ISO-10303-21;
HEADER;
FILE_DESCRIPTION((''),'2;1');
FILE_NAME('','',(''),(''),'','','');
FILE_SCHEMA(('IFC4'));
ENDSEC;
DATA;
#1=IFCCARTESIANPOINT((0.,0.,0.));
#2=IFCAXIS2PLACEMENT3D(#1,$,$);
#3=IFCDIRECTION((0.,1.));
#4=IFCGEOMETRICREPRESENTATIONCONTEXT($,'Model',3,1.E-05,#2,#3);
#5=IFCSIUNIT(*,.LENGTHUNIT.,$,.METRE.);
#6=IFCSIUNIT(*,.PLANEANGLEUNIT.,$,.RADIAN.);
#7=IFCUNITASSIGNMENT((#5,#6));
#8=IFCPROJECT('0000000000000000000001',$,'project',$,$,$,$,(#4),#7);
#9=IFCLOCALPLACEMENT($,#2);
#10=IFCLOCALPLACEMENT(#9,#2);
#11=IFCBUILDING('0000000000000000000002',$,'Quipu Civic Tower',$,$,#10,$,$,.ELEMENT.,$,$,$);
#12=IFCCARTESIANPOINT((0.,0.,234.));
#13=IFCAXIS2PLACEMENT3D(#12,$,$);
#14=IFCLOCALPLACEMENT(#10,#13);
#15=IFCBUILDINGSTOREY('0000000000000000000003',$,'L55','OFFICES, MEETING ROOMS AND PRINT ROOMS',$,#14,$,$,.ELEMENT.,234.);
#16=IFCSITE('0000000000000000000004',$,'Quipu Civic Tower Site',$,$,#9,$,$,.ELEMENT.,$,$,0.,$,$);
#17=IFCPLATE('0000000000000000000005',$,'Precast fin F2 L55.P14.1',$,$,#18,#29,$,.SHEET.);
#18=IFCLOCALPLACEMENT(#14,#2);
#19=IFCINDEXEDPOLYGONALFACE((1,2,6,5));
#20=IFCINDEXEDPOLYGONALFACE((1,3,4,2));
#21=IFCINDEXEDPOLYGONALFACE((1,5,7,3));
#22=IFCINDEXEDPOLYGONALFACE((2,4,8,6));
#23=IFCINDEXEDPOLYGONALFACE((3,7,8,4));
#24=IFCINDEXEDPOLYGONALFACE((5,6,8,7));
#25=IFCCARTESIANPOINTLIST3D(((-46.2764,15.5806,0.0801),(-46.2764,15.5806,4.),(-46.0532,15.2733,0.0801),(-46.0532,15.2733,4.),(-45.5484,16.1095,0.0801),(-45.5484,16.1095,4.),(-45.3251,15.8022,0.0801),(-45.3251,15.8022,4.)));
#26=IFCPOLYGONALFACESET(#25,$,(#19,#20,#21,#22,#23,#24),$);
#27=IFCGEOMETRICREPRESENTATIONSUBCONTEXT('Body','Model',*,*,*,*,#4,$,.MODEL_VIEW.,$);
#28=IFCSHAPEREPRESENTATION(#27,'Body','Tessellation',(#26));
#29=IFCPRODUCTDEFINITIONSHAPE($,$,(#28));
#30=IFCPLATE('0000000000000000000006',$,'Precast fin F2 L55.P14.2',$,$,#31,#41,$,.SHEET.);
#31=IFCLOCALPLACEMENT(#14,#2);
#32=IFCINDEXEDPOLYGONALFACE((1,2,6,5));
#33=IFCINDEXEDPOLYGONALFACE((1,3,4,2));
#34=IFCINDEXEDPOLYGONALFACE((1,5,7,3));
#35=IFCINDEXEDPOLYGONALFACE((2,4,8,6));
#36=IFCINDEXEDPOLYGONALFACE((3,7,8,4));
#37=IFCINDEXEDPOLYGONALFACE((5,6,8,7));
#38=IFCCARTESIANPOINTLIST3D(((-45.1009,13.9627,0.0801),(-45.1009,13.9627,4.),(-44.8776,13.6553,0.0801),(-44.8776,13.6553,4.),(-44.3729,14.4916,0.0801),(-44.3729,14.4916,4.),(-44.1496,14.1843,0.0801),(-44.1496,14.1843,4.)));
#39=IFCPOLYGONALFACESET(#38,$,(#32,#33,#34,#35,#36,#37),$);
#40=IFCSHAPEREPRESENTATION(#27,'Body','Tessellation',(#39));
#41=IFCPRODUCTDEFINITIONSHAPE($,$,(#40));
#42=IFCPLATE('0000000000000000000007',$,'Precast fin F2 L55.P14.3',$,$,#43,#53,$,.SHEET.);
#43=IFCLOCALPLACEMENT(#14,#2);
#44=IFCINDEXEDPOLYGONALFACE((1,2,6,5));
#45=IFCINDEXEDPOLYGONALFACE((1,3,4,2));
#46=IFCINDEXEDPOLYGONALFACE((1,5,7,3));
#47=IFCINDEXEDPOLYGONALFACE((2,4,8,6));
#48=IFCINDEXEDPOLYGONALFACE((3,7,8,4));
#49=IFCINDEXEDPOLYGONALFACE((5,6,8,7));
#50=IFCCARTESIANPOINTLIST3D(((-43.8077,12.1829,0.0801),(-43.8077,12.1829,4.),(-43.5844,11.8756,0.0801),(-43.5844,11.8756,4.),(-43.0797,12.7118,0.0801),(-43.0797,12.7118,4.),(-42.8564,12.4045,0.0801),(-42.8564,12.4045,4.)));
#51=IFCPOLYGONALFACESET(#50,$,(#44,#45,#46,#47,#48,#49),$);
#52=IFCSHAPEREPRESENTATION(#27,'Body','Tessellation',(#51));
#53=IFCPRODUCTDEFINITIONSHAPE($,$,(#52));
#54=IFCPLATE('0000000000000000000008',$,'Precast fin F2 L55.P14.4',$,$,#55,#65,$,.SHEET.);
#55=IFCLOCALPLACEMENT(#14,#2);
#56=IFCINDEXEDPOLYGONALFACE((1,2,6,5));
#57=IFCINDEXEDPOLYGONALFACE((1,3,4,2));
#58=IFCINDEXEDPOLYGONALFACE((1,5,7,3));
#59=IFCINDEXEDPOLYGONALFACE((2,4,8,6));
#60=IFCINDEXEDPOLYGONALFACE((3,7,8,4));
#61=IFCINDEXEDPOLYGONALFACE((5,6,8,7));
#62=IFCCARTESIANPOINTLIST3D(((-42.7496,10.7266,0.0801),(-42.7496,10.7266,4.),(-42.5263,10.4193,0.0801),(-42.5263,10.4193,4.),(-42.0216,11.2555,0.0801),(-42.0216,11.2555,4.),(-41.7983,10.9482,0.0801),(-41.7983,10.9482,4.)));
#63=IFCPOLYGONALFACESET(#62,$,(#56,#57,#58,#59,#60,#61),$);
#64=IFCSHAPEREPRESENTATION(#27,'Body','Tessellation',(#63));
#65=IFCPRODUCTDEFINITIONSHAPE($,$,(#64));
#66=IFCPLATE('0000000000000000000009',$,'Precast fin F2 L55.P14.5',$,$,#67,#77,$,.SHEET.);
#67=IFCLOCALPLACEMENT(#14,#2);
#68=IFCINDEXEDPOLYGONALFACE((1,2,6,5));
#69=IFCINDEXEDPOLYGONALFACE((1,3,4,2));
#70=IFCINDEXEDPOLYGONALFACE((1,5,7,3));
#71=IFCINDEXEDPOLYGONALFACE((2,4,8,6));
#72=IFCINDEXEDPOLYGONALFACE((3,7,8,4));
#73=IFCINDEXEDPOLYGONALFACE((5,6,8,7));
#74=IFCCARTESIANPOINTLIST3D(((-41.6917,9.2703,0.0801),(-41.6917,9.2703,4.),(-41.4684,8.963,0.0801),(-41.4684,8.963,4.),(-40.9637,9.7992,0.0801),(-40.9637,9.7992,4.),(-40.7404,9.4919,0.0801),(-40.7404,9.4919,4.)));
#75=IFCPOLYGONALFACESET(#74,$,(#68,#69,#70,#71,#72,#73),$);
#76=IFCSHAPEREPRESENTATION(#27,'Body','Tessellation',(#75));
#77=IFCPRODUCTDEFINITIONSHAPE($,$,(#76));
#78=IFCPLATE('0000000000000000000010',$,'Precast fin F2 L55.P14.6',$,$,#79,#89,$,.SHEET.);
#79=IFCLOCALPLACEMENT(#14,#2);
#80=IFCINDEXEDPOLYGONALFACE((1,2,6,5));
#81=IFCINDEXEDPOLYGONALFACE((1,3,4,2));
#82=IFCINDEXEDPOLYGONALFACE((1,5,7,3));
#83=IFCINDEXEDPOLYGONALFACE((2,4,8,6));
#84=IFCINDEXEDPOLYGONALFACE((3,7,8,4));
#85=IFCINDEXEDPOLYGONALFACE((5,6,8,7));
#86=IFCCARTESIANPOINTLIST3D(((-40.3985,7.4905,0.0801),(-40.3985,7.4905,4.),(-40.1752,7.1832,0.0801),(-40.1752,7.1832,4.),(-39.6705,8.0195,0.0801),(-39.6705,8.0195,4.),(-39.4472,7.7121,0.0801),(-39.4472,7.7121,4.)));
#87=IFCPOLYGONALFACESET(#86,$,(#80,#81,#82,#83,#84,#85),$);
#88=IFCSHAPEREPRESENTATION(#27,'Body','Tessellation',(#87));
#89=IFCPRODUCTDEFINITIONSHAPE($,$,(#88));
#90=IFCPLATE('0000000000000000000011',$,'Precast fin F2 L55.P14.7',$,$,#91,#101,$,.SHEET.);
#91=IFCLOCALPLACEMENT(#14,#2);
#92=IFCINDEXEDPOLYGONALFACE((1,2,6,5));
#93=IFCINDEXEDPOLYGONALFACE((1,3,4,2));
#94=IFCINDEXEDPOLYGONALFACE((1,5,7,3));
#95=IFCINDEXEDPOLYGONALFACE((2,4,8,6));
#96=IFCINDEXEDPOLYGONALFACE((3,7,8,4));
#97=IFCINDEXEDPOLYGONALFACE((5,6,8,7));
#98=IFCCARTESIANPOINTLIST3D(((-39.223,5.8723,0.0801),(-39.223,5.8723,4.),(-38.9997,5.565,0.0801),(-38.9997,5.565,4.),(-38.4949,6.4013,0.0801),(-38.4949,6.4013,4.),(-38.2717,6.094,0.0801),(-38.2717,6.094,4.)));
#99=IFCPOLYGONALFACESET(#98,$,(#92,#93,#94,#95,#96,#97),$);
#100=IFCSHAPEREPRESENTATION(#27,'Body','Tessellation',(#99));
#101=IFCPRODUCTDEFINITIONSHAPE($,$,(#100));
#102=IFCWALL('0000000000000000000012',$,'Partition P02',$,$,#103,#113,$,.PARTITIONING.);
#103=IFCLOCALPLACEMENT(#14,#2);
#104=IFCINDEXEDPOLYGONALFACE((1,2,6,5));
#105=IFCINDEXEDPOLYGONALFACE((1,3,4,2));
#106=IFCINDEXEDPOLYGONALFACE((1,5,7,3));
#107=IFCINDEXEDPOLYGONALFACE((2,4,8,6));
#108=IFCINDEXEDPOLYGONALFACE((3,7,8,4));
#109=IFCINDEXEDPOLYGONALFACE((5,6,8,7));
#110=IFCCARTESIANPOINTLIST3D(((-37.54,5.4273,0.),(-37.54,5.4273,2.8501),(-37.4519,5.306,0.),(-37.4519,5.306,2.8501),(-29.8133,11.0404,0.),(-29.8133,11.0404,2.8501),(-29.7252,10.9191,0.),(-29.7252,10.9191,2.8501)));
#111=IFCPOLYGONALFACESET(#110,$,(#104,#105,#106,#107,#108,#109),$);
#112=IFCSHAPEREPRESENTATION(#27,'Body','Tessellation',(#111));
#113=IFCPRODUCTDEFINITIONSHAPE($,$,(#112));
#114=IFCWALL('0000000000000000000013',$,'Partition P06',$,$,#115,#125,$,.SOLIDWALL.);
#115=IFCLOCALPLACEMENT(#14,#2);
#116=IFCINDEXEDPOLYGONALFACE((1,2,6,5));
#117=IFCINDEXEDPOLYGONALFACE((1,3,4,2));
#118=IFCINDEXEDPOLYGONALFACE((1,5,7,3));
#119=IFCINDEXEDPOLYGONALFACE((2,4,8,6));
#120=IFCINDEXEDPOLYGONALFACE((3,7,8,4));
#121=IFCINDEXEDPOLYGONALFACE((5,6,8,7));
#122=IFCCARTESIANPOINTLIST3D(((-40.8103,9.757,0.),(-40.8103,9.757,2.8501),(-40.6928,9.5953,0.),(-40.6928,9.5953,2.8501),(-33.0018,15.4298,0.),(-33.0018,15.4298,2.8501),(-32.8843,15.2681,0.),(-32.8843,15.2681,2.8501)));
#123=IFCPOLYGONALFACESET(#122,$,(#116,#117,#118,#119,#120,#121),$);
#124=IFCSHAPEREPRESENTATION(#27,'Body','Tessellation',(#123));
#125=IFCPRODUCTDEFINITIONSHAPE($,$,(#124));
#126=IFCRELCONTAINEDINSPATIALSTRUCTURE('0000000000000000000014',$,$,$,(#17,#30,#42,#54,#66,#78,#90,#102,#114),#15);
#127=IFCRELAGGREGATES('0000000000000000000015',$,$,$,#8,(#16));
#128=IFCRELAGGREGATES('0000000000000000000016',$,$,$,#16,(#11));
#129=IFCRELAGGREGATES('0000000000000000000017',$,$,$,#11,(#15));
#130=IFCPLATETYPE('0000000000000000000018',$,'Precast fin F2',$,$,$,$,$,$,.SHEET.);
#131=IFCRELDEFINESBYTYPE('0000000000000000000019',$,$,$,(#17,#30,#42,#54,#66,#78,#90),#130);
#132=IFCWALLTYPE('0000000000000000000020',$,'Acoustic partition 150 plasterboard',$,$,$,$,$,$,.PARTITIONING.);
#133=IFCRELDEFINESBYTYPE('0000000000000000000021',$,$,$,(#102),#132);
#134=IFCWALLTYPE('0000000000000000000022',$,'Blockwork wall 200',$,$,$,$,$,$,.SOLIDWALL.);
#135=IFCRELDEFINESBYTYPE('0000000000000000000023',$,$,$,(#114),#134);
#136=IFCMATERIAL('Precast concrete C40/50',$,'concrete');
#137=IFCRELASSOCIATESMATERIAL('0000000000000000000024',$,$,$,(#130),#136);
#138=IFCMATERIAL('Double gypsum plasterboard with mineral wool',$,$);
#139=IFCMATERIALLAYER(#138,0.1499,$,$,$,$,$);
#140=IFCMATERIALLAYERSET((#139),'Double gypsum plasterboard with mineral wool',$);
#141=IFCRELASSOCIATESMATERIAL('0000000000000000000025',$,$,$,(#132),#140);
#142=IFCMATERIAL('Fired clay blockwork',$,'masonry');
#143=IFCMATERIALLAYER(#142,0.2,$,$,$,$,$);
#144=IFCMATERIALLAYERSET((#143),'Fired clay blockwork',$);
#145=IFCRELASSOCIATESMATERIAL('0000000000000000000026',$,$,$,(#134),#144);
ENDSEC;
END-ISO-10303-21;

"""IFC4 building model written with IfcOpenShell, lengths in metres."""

from ifc_helpers import new_model, si_unit, direction, frame, frame_2d, origin, origin_2d, place, context, subcontext, project, spatial, rectangle, extrude, material, layer, layer_set, type_object, element, save


model = new_model("IFC4")

# Units and contexts
model_context = context("Model", 3, precision=1e-05, world=origin(), true_north=direction((0.0, 1.0)))
body_context = subcontext(model_context, "Body", "Model", "MODEL_VIEW")
ifc_project = project(units=[si_unit("LENGTHUNIT", "METRE"), si_unit("PLANEANGLEUNIT", "RADIAN")], contexts=[model_context])

# Site, building, storey
site_placement = place(None, origin())
site = spatial("IfcSite", under=ifc_project, at=site_placement, Name="Quipu Civic Tower Site", CompositionType="ELEMENT", RefElevation=0.0)
building_placement = place(site_placement, origin())
building = spatial("IfcBuilding", under=site, at=building_placement, Name="Quipu Civic Tower", CompositionType="ELEMENT")
storey_placement = place(building_placement, frame((0.0, 0.0, 234.0)))
storey = spatial("IfcBuildingStorey", under=building, at=storey_placement, Name="L55", Description="OFFICES, MEETING ROOMS AND PRINT ROOMS", CompositionType="ELEMENT", Elevation=234.0)

# Plates
ifc_material_1 = material(Name="Precast concrete C40/50", Category="concrete")
plate_type_1 = type_object("IfcPlateType", Name="Precast fin F2", PredefinedType="SHEET", material=ifc_material_1)
for number, where, z_axis, x_axis, name in (
    (1, (-45.8008, 15.6914, 0.0801), (0.0, 0.0, 1.0), (0.587786, -0.809017, 0.0), "Precast fin F2 L55.P14.1"),
    (2, (-44.6252, 14.0735, 0.0801), (0.0, 0.0, 1.0), (0.587786, -0.809017, 0.0), "Precast fin F2 L55.P14.2"),
    (3, (-43.332, 12.2937, 0.0801), (0.0, 0.0, 1.0), (0.587786, -0.809017, 0.0), "Precast fin F2 L55.P14.3"),
    (4, (-42.2739, 10.8374, 0.0801), (0.0, 0.0, 1.0), (0.587786, -0.809017, 0.0), "Precast fin F2 L55.P14.4"),
    (5, (-41.2161, 9.3811, 0.0801), (0.0, 0.0, 1.0), (0.587786, -0.809017, 0.0), "Precast fin F2 L55.P14.5"),
    (6, (-39.9229, 7.6013, 0.0801), (0.0, 0.0, 1.0), (0.587786, -0.809017, 0.0), "Precast fin F2 L55.P14.6"),
    (7, (-38.7473, 5.9832, 0.0801), (0.0, 0.0, 1.0), (0.587786, -0.809017, 0.0), "Precast fin F2 L55.P14.7"),
):
    element("IfcPlate", number, at=place(storey_placement, frame(where, z_axis=z_axis, x_axis=x_axis)), inside=storey, type_object=plate_type_1, Name=name, PredefinedType="SHEET", context=body_context, shape_type="SweptSolid", body=[
        extrude(rectangle(XDim=0.3799, YDim=0.8999, at=origin_2d()), origin(), (0.0, 0.0, 1.0), 3.9199),
    ])

# Walls
ifc_material_2 = material(Name="Double gypsum plasterboard with mineral wool")
ifc_layer_1 = layer(ifc_material_2, 0.1499)
ifc_layer_set_1 = layer_set([ifc_layer_1], Name="Double gypsum plasterboard with mineral wool")
wall_type_1 = type_object("IfcWallType", Name="Acoustic partition 150 plasterboard", PredefinedType="PARTITIONING", material=ifc_layer_set_1)
wall_1_placement = place(storey_placement, frame((-29.7693, 10.9797, 0.0), z_axis=(0.0, 0.0, 1.0), x_axis=(-0.809049, -0.587741, 0.0)))
element("IfcWall", 8, at=wall_1_placement, inside=storey, type_object=wall_type_1, Name="Partition P02", PredefinedType="PARTITIONING", context=body_context, shape_type="SweptSolid", body=[
    extrude(rectangle(XDim=9.5503, YDim=0.1499, at=frame_2d((4.7751, 0.0))), origin(), (0.0, 0.0, 1.0), 2.8501),
])
ifc_material_3 = material(Name="Fired clay blockwork", Category="masonry")
ifc_layer_2 = layer(ifc_material_3, 0.2)
ifc_layer_set_2 = layer_set([ifc_layer_2], Name="Fired clay blockwork")
wall_type_2 = type_object("IfcWallType", Name="Blockwork wall 200", PredefinedType="SOLIDWALL", material=ifc_layer_set_2)
wall_2_placement = place(storey_placement, frame((-32.9431, 15.3489, 0.0), z_axis=(0.0, 0.0, 1.0), x_axis=(-0.809038, -0.587757, 0.0)))
element("IfcWall", 9, at=wall_2_placement, inside=storey, type_object=wall_type_2, Name="Partition P06", PredefinedType="SOLIDWALL", context=body_context, shape_type="SweptSolid", body=[
    extrude(rectangle(XDim=9.6516, YDim=0.2, at=frame_2d((4.8257, 0.0))), origin(), (0.0, 0.0, 1.0), 2.8501),
])

save(model, "model.ifc")
